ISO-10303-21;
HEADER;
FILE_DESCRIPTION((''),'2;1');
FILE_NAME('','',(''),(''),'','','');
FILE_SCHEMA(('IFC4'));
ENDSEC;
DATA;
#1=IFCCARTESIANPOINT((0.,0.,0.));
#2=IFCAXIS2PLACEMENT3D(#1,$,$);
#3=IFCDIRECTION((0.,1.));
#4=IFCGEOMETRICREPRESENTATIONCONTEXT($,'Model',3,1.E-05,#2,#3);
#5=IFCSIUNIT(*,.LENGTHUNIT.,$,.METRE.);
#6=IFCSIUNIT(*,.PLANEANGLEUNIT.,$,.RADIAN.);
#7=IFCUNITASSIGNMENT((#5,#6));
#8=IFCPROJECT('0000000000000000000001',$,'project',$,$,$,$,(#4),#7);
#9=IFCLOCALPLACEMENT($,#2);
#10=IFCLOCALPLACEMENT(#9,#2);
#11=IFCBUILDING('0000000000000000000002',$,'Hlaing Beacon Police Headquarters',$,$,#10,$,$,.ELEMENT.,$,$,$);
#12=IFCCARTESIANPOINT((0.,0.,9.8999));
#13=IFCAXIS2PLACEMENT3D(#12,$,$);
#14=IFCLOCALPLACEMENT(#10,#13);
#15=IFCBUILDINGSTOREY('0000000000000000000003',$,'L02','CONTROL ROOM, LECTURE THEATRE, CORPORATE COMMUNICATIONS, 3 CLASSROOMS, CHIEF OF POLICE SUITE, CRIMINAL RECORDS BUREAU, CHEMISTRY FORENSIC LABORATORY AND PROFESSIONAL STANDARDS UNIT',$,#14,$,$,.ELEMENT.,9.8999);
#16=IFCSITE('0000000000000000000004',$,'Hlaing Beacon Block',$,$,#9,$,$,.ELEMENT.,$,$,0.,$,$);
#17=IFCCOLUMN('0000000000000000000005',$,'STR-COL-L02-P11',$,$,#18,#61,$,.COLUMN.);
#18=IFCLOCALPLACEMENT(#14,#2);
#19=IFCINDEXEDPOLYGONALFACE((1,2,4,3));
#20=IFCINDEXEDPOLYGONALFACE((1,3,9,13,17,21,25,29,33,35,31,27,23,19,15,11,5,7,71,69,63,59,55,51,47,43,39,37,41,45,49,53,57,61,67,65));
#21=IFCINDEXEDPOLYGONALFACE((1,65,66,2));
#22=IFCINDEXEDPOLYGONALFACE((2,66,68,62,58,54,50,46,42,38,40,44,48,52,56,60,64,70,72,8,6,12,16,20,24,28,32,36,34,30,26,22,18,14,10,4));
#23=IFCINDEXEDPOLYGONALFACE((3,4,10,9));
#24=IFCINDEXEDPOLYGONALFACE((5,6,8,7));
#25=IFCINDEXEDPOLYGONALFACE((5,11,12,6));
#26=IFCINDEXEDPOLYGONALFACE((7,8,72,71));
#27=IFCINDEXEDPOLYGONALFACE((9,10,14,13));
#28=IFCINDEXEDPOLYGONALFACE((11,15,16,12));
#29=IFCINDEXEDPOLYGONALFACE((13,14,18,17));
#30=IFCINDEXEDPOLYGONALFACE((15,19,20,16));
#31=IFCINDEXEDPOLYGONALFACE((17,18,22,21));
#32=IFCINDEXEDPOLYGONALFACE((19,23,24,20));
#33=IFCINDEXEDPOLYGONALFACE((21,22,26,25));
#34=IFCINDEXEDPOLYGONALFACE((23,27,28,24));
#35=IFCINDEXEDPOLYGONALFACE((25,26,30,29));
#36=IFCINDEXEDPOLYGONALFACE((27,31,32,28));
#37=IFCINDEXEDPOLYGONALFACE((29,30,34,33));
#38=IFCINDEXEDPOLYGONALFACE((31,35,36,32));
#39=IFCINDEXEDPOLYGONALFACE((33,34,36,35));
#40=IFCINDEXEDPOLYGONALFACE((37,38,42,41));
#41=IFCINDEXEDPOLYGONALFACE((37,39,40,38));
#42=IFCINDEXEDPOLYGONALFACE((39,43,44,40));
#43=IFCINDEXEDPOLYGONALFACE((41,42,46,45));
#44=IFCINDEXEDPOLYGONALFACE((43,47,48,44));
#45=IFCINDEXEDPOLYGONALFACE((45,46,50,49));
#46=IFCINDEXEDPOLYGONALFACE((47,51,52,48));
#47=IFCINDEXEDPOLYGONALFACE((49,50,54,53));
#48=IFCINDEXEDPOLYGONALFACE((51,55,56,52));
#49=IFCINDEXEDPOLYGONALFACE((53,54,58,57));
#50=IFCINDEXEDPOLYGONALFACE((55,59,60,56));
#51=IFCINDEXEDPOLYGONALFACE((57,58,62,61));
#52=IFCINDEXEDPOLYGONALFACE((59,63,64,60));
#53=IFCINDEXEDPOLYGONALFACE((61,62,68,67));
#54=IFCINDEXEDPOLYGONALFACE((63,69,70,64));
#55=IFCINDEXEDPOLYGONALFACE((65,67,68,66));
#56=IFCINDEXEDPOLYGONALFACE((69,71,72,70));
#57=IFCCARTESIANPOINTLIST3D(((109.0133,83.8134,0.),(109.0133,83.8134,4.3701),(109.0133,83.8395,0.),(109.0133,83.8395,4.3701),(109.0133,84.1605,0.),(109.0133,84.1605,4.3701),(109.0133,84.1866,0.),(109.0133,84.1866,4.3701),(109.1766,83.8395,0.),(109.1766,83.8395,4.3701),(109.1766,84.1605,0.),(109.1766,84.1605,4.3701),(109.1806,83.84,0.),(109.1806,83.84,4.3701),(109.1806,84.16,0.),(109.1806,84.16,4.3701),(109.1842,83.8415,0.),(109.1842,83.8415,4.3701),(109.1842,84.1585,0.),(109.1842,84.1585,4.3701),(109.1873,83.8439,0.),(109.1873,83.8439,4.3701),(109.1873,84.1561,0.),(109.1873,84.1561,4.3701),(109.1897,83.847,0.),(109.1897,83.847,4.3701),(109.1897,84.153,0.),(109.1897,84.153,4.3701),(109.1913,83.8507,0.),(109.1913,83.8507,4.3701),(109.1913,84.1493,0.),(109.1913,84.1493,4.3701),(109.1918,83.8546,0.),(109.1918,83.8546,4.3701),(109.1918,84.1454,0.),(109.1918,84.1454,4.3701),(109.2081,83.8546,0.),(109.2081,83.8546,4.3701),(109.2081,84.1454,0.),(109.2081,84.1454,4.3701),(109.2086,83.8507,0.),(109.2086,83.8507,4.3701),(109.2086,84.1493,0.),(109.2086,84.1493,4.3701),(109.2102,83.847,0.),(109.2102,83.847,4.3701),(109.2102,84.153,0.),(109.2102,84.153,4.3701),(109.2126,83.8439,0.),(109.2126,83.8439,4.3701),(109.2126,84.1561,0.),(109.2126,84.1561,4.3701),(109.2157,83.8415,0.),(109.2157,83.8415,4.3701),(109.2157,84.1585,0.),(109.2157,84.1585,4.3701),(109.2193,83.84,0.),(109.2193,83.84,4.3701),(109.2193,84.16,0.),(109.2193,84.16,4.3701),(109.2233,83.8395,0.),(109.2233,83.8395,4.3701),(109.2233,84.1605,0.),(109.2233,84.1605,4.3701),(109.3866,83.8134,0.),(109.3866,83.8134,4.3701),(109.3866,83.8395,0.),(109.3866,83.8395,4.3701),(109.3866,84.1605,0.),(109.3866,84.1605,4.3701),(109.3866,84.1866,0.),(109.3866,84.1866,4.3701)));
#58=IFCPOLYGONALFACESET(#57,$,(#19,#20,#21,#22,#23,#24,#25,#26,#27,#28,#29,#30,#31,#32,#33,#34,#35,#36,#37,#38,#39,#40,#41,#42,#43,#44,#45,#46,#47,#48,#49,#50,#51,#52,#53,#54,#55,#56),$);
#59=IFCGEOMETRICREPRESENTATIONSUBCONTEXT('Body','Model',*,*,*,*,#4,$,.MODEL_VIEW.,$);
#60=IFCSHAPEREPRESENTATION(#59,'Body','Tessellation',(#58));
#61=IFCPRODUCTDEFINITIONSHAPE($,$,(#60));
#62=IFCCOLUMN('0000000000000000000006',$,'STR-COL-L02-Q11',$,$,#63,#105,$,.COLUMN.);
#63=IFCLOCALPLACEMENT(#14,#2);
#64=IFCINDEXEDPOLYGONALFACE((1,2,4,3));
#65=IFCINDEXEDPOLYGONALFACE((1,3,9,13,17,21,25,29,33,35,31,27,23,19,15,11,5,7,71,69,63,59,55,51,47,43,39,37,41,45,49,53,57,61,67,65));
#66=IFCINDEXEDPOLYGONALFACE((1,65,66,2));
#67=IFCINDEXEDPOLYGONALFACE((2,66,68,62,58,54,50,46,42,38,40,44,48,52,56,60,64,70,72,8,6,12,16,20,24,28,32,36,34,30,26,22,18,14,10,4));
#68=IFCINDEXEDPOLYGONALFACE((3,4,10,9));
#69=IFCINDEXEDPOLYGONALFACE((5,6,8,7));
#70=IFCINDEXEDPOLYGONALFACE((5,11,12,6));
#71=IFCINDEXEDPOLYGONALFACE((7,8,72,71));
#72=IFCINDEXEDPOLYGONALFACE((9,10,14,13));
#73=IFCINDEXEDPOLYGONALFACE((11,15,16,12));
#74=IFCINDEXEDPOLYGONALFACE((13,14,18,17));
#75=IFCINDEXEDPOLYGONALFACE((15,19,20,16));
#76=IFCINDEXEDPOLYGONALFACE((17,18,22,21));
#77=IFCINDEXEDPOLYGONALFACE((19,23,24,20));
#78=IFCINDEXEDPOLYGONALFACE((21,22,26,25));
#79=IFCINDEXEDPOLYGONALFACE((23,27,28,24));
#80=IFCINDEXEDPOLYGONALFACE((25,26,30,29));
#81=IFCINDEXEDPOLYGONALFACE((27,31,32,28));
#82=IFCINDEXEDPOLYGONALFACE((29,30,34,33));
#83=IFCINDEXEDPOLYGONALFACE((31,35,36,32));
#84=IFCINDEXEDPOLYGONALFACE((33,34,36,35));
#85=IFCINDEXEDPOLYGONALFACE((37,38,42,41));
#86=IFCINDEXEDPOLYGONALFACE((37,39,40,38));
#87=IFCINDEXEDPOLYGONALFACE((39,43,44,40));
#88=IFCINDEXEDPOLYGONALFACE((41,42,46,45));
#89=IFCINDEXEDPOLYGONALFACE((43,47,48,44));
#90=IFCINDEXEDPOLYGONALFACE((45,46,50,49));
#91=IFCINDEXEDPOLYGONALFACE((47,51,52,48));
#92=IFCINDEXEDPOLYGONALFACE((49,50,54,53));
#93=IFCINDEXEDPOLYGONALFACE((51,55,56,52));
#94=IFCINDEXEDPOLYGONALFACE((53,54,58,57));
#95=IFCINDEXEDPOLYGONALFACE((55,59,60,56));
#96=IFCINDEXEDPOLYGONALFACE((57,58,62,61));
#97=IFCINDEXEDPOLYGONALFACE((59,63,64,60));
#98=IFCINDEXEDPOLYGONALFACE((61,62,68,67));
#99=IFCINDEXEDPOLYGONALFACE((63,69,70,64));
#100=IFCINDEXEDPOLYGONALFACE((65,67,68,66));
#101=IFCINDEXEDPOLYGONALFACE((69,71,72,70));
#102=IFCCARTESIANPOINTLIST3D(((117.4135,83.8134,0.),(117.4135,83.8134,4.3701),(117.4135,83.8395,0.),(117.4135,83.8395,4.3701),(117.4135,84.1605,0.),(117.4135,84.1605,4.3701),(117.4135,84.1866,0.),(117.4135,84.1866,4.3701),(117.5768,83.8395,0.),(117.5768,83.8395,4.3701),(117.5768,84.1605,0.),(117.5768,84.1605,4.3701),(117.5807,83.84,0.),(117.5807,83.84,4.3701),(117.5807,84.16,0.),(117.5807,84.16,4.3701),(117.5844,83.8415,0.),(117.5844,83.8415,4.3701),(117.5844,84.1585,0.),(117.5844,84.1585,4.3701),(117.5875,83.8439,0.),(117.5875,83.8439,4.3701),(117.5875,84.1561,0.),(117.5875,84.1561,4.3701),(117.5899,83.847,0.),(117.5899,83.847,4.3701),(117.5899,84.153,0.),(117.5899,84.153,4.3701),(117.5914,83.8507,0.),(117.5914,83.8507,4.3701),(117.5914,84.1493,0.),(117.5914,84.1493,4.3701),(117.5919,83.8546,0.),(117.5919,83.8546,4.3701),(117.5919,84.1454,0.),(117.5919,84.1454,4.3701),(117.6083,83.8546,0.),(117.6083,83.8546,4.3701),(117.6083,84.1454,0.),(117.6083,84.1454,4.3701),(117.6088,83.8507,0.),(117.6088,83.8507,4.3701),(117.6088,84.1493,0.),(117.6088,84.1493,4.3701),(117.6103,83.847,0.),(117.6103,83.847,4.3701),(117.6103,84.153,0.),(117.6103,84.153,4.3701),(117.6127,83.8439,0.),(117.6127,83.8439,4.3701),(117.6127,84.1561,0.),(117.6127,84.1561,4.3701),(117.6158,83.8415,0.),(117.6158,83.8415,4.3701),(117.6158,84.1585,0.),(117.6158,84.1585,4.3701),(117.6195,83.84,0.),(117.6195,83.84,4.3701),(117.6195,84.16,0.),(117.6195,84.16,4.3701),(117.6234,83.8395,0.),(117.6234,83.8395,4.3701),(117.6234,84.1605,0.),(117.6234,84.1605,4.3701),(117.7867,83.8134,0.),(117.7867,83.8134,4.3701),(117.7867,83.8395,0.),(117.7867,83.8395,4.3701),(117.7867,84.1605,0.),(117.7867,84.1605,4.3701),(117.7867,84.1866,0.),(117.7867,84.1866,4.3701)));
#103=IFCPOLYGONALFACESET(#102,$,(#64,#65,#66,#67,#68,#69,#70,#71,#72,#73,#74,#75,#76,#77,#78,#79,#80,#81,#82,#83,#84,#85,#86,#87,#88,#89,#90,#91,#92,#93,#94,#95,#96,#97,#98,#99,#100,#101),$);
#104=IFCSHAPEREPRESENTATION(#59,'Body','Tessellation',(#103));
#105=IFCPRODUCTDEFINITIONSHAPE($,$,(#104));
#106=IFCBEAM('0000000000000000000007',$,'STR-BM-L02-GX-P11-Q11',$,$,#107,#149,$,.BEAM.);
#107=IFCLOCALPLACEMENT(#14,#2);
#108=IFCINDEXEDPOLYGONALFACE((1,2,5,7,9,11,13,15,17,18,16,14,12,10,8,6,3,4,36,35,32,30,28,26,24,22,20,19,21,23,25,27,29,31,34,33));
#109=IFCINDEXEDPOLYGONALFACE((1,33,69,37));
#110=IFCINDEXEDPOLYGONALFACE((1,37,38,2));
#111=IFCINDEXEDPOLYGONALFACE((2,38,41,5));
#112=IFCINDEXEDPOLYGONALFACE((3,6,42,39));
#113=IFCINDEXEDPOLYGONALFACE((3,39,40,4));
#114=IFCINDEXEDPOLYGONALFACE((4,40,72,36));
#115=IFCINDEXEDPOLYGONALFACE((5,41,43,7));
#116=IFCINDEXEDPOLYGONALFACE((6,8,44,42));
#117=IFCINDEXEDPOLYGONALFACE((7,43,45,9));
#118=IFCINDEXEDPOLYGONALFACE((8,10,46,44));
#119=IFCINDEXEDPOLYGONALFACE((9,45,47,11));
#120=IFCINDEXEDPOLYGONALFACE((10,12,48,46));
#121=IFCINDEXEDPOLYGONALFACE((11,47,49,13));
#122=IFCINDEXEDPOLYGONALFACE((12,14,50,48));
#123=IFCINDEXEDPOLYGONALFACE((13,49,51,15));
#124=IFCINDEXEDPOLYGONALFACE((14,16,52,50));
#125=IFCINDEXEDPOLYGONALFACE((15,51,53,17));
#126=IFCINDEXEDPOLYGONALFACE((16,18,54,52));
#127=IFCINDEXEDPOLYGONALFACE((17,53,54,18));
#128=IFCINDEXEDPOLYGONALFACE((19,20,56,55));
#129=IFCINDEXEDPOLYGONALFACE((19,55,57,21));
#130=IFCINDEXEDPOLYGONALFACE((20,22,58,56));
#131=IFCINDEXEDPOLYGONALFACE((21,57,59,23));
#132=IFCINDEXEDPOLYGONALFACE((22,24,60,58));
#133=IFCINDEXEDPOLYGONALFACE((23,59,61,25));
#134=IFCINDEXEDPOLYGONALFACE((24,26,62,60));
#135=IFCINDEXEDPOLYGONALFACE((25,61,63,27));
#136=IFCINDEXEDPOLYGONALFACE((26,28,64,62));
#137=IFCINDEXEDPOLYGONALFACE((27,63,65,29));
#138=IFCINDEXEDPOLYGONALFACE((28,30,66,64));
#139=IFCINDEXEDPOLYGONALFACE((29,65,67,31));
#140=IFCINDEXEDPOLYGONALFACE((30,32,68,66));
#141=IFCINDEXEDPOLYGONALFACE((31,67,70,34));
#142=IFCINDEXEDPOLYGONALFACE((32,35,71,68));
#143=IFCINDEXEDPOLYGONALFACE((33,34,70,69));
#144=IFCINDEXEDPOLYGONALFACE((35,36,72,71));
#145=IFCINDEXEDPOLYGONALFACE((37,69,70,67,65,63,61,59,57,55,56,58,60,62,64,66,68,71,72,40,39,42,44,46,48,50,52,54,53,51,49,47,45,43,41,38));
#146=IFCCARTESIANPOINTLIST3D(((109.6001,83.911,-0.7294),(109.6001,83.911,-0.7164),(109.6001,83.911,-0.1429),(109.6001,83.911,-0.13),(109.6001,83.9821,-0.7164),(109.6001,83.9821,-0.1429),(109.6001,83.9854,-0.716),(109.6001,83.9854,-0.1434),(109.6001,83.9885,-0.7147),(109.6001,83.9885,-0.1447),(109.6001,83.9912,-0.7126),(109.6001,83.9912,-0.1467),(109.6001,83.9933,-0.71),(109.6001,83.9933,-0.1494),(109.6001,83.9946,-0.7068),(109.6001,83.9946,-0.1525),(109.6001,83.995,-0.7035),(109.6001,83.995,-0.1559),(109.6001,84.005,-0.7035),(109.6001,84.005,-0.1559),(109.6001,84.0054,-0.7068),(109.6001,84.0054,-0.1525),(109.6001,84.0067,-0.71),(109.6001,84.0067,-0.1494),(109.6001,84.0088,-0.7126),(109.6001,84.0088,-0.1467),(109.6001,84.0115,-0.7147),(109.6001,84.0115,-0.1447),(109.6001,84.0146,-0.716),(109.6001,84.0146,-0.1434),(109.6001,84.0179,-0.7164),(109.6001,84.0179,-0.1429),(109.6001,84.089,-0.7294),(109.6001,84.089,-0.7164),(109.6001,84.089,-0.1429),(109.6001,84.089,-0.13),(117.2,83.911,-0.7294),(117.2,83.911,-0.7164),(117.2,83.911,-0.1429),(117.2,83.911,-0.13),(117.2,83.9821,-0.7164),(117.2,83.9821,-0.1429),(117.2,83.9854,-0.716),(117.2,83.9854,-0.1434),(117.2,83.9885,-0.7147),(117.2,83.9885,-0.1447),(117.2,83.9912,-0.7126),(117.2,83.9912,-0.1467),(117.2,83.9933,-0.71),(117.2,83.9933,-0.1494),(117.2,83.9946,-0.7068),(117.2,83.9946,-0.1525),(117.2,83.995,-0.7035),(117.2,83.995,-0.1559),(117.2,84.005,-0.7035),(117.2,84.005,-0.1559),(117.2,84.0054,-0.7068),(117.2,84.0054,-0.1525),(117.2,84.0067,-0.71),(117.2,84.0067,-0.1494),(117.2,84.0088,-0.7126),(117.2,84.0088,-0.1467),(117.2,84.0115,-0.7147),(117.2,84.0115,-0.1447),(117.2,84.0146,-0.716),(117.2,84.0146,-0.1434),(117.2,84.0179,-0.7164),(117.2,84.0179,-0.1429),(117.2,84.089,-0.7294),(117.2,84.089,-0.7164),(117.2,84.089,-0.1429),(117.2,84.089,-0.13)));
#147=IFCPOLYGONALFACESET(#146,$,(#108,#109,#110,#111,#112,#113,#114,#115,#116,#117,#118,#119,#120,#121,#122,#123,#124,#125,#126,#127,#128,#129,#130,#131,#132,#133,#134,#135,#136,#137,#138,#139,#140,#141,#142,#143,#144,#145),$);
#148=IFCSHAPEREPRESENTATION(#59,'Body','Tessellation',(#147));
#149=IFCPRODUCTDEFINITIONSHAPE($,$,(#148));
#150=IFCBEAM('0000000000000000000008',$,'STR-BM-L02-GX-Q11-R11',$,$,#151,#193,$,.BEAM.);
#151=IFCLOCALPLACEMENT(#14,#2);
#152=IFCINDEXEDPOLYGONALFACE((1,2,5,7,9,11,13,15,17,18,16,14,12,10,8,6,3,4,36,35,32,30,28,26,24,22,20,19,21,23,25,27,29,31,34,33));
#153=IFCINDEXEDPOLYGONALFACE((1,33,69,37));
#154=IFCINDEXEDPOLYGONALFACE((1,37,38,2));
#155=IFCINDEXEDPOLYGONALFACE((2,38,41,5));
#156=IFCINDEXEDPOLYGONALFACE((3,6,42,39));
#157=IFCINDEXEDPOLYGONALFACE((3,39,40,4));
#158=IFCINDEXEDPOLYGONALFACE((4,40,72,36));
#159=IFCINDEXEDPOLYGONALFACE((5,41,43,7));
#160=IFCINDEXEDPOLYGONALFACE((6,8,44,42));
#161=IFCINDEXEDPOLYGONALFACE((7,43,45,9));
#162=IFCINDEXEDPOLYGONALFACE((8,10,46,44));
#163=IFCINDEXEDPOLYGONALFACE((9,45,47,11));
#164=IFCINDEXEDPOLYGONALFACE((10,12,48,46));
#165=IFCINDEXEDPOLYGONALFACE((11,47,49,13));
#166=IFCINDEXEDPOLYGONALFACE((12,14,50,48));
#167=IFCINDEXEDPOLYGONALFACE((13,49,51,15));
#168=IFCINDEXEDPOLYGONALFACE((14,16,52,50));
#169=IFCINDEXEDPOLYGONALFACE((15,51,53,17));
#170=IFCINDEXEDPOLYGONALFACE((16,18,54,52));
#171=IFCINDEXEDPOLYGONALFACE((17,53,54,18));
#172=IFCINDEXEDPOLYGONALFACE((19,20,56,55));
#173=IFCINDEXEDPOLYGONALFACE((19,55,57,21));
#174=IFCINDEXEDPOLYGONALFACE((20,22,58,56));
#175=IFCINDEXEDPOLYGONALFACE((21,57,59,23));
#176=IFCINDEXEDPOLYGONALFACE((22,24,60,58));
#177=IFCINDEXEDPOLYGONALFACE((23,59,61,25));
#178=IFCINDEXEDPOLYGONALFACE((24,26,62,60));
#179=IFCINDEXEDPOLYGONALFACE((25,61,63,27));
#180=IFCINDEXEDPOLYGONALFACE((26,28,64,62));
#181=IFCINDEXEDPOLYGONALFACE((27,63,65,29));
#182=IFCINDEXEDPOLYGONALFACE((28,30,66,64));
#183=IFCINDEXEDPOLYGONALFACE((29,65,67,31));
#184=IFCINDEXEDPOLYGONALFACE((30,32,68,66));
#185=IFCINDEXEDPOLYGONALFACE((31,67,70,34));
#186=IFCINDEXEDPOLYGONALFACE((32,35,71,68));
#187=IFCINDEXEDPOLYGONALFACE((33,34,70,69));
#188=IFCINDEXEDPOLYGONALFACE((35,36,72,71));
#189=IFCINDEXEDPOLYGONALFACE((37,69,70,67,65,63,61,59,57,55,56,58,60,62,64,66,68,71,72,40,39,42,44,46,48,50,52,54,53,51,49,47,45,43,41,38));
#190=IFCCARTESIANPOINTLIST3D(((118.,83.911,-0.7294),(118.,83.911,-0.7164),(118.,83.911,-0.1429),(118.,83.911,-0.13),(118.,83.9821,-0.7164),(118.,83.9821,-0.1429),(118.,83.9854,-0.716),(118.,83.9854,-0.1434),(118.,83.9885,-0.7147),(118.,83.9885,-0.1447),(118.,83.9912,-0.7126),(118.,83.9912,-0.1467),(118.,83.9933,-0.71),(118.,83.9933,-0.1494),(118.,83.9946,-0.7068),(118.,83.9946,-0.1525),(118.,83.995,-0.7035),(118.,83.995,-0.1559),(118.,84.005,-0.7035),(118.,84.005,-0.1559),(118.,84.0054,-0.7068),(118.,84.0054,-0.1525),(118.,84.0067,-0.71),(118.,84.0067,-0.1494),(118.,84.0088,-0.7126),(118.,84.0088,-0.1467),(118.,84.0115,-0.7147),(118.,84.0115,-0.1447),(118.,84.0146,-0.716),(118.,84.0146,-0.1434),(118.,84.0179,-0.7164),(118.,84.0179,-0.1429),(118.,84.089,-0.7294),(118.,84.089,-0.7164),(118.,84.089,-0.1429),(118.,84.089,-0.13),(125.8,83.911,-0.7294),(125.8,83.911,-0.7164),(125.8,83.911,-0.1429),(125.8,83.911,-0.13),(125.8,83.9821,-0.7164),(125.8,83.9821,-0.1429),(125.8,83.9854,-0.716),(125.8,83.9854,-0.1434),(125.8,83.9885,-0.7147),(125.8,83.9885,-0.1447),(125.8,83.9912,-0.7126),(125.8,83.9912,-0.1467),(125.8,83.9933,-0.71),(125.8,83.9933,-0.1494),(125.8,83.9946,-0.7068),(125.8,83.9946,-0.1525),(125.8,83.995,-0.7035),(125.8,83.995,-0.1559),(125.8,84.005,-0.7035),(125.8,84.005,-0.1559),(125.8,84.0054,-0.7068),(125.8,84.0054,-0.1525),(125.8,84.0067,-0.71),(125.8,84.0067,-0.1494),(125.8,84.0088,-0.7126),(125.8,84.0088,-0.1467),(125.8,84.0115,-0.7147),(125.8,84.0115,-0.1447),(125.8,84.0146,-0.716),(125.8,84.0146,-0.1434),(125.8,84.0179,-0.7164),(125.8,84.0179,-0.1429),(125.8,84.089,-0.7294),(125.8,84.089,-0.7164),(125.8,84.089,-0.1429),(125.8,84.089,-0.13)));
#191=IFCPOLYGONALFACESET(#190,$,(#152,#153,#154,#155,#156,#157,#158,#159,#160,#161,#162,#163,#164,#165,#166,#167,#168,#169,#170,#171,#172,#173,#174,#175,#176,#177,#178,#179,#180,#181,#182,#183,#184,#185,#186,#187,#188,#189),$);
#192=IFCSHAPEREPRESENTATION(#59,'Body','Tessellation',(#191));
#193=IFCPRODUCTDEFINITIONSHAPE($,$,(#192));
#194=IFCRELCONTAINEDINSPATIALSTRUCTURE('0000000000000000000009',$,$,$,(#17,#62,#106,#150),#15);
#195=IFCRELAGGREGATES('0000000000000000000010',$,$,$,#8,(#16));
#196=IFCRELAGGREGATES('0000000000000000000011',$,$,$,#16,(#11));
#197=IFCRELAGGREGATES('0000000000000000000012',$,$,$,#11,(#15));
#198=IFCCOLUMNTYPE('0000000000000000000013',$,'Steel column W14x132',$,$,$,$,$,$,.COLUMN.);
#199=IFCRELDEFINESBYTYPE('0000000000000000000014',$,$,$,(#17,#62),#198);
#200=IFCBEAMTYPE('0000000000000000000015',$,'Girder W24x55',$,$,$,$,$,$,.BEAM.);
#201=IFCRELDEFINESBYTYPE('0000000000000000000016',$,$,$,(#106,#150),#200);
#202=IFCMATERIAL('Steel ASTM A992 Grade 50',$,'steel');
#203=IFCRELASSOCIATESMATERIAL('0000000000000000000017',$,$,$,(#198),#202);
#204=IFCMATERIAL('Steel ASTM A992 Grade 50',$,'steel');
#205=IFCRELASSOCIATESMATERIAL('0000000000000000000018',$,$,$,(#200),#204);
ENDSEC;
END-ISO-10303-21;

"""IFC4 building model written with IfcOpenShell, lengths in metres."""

from ifc_helpers import new_model, si_unit, direction, frame, origin, origin_2d, place, context, subcontext, project, spatial, i_section, extrude, material, material_profile, profile_set, type_object, element, save


model = new_model("IFC4")

# Units and contexts
model_context = context("Model", 3, precision=1e-05, world=origin(), true_north=direction((0.0, 1.0)))
body_context = subcontext(model_context, "Body", "Model", "MODEL_VIEW")
ifc_project = project(units=[si_unit("LENGTHUNIT", "METRE"), si_unit("PLANEANGLEUNIT", "RADIAN")], contexts=[model_context])

# Site, building, storey
site_placement = place(None, origin())
site = spatial("IfcSite", under=ifc_project, at=site_placement, Name="Hlaing Beacon Block", CompositionType="ELEMENT", RefElevation=0.0)
building_placement = place(site_placement, origin())
building = spatial("IfcBuilding", under=site, at=building_placement, Name="Hlaing Beacon Police Headquarters", CompositionType="ELEMENT")
storey_placement = place(building_placement, frame((0.0, 0.0, 9.8999)))
storey = spatial("IfcBuildingStorey", under=building, at=storey_placement, Name="L02", Description="CONTROL ROOM, LECTURE THEATRE, CORPORATE COMMUNICATIONS, 3 CLASSROOMS, CHIEF OF POLICE SUITE, CRIMINAL RECORDS BUREAU, CHEMISTRY FORENSIC LABORATORY AND PROFESSIONAL STANDARDS UNIT", CompositionType="ELEMENT", Elevation=9.8999)

# Columns
ifc_material_1 = material(Name="Steel ASTM A992 Grade 50", Category="steel")
ifc_material_profile_1 = material_profile(ifc_material_1, i_section(OverallWidth=0.3733, OverallDepth=0.3733, WebThickness=0.0164, FlangeThickness=0.0261, FilletRadius=0.0151, at=origin_2d()), Name="W14x132")
ifc_profile_set_1 = profile_set([ifc_material_profile_1], Name="Steel ASTM A992 Grade 50")
column_type = type_object("IfcColumnType", Name="Steel column W14x132", PredefinedType="COLUMN", material=ifc_profile_set_1)
for number, where, z_axis, x_axis, name in (
    (1, (109.2, 84.0, 0.0), (0.0, 0.0, 1.0), (1.0, 0.0, 0.0), "STR-COL-L02-P11"),
    (2, (117.6001, 84.0, 0.0), (0.0, 0.0, 1.0), (1.0, 0.0, 0.0), "STR-COL-L02-Q11"),
):
    element("IfcColumn", number, at=place(storey_placement, frame(where, z_axis=z_axis, x_axis=x_axis)), inside=storey, type_object=column_type, Name=name, PredefinedType="COLUMN", context=body_context, shape_type="SweptSolid", body=[
        extrude(i_section(OverallWidth=0.3733, OverallDepth=0.3733, WebThickness=0.0164, FlangeThickness=0.0261, FilletRadius=0.0151, at=origin_2d()), origin(), (0.0, 0.0, 1.0), 4.3701),
    ])

# Beams
ifc_material_2 = material(Name="Steel ASTM A992 Grade 50", Category="steel")
ifc_material_profile_2 = material_profile(ifc_material_2, i_section(OverallWidth=0.178, OverallDepth=0.5994, WebThickness=0.01, FlangeThickness=0.0129, FilletRadius=0.0129, at=origin_2d()), Name="W24x55")
ifc_profile_set_2 = profile_set([ifc_material_profile_2], Name="Steel ASTM A992 Grade 50")
beam_type_1 = type_object("IfcBeamType", Name="Girder W24x55", PredefinedType="BEAM", material=ifc_profile_set_2)
beam_1_placement = place(storey_placement, frame((109.6001, 84.0, -0.4297), z_axis=(1.0, 0.0, 0.0), x_axis=(0.0, 1.0, 0.0)))
element("IfcBeam", 3, at=beam_1_placement, inside=storey, type_object=beam_type_1, Name="STR-BM-L02-GX-P11-Q11", PredefinedType="BEAM", context=body_context, shape_type="SweptSolid", body=[
    extrude(i_section(OverallWidth=0.178, OverallDepth=0.5994, WebThickness=0.01, FlangeThickness=0.0129, FilletRadius=0.0129, at=origin_2d()), origin(), (0.0, 0.0, 1.0), 7.5999),
])
beam_2_placement = place(storey_placement, frame((118.0, 84.0, -0.4297), z_axis=(1.0, 0.0, 0.0), x_axis=(0.0, 1.0, 0.0)))
element("IfcBeam", 4, at=beam_2_placement, inside=storey, type_object=beam_type_1, Name="STR-BM-L02-GX-Q11-R11", PredefinedType="BEAM", context=body_context, shape_type="SweptSolid", body=[
    extrude(i_section(OverallWidth=0.178, OverallDepth=0.5994, WebThickness=0.01, FlangeThickness=0.0129, FilletRadius=0.0129, at=origin_2d()), origin(), (0.0, 0.0, 1.0), 7.8),
])

save(model, "model.ifc")
